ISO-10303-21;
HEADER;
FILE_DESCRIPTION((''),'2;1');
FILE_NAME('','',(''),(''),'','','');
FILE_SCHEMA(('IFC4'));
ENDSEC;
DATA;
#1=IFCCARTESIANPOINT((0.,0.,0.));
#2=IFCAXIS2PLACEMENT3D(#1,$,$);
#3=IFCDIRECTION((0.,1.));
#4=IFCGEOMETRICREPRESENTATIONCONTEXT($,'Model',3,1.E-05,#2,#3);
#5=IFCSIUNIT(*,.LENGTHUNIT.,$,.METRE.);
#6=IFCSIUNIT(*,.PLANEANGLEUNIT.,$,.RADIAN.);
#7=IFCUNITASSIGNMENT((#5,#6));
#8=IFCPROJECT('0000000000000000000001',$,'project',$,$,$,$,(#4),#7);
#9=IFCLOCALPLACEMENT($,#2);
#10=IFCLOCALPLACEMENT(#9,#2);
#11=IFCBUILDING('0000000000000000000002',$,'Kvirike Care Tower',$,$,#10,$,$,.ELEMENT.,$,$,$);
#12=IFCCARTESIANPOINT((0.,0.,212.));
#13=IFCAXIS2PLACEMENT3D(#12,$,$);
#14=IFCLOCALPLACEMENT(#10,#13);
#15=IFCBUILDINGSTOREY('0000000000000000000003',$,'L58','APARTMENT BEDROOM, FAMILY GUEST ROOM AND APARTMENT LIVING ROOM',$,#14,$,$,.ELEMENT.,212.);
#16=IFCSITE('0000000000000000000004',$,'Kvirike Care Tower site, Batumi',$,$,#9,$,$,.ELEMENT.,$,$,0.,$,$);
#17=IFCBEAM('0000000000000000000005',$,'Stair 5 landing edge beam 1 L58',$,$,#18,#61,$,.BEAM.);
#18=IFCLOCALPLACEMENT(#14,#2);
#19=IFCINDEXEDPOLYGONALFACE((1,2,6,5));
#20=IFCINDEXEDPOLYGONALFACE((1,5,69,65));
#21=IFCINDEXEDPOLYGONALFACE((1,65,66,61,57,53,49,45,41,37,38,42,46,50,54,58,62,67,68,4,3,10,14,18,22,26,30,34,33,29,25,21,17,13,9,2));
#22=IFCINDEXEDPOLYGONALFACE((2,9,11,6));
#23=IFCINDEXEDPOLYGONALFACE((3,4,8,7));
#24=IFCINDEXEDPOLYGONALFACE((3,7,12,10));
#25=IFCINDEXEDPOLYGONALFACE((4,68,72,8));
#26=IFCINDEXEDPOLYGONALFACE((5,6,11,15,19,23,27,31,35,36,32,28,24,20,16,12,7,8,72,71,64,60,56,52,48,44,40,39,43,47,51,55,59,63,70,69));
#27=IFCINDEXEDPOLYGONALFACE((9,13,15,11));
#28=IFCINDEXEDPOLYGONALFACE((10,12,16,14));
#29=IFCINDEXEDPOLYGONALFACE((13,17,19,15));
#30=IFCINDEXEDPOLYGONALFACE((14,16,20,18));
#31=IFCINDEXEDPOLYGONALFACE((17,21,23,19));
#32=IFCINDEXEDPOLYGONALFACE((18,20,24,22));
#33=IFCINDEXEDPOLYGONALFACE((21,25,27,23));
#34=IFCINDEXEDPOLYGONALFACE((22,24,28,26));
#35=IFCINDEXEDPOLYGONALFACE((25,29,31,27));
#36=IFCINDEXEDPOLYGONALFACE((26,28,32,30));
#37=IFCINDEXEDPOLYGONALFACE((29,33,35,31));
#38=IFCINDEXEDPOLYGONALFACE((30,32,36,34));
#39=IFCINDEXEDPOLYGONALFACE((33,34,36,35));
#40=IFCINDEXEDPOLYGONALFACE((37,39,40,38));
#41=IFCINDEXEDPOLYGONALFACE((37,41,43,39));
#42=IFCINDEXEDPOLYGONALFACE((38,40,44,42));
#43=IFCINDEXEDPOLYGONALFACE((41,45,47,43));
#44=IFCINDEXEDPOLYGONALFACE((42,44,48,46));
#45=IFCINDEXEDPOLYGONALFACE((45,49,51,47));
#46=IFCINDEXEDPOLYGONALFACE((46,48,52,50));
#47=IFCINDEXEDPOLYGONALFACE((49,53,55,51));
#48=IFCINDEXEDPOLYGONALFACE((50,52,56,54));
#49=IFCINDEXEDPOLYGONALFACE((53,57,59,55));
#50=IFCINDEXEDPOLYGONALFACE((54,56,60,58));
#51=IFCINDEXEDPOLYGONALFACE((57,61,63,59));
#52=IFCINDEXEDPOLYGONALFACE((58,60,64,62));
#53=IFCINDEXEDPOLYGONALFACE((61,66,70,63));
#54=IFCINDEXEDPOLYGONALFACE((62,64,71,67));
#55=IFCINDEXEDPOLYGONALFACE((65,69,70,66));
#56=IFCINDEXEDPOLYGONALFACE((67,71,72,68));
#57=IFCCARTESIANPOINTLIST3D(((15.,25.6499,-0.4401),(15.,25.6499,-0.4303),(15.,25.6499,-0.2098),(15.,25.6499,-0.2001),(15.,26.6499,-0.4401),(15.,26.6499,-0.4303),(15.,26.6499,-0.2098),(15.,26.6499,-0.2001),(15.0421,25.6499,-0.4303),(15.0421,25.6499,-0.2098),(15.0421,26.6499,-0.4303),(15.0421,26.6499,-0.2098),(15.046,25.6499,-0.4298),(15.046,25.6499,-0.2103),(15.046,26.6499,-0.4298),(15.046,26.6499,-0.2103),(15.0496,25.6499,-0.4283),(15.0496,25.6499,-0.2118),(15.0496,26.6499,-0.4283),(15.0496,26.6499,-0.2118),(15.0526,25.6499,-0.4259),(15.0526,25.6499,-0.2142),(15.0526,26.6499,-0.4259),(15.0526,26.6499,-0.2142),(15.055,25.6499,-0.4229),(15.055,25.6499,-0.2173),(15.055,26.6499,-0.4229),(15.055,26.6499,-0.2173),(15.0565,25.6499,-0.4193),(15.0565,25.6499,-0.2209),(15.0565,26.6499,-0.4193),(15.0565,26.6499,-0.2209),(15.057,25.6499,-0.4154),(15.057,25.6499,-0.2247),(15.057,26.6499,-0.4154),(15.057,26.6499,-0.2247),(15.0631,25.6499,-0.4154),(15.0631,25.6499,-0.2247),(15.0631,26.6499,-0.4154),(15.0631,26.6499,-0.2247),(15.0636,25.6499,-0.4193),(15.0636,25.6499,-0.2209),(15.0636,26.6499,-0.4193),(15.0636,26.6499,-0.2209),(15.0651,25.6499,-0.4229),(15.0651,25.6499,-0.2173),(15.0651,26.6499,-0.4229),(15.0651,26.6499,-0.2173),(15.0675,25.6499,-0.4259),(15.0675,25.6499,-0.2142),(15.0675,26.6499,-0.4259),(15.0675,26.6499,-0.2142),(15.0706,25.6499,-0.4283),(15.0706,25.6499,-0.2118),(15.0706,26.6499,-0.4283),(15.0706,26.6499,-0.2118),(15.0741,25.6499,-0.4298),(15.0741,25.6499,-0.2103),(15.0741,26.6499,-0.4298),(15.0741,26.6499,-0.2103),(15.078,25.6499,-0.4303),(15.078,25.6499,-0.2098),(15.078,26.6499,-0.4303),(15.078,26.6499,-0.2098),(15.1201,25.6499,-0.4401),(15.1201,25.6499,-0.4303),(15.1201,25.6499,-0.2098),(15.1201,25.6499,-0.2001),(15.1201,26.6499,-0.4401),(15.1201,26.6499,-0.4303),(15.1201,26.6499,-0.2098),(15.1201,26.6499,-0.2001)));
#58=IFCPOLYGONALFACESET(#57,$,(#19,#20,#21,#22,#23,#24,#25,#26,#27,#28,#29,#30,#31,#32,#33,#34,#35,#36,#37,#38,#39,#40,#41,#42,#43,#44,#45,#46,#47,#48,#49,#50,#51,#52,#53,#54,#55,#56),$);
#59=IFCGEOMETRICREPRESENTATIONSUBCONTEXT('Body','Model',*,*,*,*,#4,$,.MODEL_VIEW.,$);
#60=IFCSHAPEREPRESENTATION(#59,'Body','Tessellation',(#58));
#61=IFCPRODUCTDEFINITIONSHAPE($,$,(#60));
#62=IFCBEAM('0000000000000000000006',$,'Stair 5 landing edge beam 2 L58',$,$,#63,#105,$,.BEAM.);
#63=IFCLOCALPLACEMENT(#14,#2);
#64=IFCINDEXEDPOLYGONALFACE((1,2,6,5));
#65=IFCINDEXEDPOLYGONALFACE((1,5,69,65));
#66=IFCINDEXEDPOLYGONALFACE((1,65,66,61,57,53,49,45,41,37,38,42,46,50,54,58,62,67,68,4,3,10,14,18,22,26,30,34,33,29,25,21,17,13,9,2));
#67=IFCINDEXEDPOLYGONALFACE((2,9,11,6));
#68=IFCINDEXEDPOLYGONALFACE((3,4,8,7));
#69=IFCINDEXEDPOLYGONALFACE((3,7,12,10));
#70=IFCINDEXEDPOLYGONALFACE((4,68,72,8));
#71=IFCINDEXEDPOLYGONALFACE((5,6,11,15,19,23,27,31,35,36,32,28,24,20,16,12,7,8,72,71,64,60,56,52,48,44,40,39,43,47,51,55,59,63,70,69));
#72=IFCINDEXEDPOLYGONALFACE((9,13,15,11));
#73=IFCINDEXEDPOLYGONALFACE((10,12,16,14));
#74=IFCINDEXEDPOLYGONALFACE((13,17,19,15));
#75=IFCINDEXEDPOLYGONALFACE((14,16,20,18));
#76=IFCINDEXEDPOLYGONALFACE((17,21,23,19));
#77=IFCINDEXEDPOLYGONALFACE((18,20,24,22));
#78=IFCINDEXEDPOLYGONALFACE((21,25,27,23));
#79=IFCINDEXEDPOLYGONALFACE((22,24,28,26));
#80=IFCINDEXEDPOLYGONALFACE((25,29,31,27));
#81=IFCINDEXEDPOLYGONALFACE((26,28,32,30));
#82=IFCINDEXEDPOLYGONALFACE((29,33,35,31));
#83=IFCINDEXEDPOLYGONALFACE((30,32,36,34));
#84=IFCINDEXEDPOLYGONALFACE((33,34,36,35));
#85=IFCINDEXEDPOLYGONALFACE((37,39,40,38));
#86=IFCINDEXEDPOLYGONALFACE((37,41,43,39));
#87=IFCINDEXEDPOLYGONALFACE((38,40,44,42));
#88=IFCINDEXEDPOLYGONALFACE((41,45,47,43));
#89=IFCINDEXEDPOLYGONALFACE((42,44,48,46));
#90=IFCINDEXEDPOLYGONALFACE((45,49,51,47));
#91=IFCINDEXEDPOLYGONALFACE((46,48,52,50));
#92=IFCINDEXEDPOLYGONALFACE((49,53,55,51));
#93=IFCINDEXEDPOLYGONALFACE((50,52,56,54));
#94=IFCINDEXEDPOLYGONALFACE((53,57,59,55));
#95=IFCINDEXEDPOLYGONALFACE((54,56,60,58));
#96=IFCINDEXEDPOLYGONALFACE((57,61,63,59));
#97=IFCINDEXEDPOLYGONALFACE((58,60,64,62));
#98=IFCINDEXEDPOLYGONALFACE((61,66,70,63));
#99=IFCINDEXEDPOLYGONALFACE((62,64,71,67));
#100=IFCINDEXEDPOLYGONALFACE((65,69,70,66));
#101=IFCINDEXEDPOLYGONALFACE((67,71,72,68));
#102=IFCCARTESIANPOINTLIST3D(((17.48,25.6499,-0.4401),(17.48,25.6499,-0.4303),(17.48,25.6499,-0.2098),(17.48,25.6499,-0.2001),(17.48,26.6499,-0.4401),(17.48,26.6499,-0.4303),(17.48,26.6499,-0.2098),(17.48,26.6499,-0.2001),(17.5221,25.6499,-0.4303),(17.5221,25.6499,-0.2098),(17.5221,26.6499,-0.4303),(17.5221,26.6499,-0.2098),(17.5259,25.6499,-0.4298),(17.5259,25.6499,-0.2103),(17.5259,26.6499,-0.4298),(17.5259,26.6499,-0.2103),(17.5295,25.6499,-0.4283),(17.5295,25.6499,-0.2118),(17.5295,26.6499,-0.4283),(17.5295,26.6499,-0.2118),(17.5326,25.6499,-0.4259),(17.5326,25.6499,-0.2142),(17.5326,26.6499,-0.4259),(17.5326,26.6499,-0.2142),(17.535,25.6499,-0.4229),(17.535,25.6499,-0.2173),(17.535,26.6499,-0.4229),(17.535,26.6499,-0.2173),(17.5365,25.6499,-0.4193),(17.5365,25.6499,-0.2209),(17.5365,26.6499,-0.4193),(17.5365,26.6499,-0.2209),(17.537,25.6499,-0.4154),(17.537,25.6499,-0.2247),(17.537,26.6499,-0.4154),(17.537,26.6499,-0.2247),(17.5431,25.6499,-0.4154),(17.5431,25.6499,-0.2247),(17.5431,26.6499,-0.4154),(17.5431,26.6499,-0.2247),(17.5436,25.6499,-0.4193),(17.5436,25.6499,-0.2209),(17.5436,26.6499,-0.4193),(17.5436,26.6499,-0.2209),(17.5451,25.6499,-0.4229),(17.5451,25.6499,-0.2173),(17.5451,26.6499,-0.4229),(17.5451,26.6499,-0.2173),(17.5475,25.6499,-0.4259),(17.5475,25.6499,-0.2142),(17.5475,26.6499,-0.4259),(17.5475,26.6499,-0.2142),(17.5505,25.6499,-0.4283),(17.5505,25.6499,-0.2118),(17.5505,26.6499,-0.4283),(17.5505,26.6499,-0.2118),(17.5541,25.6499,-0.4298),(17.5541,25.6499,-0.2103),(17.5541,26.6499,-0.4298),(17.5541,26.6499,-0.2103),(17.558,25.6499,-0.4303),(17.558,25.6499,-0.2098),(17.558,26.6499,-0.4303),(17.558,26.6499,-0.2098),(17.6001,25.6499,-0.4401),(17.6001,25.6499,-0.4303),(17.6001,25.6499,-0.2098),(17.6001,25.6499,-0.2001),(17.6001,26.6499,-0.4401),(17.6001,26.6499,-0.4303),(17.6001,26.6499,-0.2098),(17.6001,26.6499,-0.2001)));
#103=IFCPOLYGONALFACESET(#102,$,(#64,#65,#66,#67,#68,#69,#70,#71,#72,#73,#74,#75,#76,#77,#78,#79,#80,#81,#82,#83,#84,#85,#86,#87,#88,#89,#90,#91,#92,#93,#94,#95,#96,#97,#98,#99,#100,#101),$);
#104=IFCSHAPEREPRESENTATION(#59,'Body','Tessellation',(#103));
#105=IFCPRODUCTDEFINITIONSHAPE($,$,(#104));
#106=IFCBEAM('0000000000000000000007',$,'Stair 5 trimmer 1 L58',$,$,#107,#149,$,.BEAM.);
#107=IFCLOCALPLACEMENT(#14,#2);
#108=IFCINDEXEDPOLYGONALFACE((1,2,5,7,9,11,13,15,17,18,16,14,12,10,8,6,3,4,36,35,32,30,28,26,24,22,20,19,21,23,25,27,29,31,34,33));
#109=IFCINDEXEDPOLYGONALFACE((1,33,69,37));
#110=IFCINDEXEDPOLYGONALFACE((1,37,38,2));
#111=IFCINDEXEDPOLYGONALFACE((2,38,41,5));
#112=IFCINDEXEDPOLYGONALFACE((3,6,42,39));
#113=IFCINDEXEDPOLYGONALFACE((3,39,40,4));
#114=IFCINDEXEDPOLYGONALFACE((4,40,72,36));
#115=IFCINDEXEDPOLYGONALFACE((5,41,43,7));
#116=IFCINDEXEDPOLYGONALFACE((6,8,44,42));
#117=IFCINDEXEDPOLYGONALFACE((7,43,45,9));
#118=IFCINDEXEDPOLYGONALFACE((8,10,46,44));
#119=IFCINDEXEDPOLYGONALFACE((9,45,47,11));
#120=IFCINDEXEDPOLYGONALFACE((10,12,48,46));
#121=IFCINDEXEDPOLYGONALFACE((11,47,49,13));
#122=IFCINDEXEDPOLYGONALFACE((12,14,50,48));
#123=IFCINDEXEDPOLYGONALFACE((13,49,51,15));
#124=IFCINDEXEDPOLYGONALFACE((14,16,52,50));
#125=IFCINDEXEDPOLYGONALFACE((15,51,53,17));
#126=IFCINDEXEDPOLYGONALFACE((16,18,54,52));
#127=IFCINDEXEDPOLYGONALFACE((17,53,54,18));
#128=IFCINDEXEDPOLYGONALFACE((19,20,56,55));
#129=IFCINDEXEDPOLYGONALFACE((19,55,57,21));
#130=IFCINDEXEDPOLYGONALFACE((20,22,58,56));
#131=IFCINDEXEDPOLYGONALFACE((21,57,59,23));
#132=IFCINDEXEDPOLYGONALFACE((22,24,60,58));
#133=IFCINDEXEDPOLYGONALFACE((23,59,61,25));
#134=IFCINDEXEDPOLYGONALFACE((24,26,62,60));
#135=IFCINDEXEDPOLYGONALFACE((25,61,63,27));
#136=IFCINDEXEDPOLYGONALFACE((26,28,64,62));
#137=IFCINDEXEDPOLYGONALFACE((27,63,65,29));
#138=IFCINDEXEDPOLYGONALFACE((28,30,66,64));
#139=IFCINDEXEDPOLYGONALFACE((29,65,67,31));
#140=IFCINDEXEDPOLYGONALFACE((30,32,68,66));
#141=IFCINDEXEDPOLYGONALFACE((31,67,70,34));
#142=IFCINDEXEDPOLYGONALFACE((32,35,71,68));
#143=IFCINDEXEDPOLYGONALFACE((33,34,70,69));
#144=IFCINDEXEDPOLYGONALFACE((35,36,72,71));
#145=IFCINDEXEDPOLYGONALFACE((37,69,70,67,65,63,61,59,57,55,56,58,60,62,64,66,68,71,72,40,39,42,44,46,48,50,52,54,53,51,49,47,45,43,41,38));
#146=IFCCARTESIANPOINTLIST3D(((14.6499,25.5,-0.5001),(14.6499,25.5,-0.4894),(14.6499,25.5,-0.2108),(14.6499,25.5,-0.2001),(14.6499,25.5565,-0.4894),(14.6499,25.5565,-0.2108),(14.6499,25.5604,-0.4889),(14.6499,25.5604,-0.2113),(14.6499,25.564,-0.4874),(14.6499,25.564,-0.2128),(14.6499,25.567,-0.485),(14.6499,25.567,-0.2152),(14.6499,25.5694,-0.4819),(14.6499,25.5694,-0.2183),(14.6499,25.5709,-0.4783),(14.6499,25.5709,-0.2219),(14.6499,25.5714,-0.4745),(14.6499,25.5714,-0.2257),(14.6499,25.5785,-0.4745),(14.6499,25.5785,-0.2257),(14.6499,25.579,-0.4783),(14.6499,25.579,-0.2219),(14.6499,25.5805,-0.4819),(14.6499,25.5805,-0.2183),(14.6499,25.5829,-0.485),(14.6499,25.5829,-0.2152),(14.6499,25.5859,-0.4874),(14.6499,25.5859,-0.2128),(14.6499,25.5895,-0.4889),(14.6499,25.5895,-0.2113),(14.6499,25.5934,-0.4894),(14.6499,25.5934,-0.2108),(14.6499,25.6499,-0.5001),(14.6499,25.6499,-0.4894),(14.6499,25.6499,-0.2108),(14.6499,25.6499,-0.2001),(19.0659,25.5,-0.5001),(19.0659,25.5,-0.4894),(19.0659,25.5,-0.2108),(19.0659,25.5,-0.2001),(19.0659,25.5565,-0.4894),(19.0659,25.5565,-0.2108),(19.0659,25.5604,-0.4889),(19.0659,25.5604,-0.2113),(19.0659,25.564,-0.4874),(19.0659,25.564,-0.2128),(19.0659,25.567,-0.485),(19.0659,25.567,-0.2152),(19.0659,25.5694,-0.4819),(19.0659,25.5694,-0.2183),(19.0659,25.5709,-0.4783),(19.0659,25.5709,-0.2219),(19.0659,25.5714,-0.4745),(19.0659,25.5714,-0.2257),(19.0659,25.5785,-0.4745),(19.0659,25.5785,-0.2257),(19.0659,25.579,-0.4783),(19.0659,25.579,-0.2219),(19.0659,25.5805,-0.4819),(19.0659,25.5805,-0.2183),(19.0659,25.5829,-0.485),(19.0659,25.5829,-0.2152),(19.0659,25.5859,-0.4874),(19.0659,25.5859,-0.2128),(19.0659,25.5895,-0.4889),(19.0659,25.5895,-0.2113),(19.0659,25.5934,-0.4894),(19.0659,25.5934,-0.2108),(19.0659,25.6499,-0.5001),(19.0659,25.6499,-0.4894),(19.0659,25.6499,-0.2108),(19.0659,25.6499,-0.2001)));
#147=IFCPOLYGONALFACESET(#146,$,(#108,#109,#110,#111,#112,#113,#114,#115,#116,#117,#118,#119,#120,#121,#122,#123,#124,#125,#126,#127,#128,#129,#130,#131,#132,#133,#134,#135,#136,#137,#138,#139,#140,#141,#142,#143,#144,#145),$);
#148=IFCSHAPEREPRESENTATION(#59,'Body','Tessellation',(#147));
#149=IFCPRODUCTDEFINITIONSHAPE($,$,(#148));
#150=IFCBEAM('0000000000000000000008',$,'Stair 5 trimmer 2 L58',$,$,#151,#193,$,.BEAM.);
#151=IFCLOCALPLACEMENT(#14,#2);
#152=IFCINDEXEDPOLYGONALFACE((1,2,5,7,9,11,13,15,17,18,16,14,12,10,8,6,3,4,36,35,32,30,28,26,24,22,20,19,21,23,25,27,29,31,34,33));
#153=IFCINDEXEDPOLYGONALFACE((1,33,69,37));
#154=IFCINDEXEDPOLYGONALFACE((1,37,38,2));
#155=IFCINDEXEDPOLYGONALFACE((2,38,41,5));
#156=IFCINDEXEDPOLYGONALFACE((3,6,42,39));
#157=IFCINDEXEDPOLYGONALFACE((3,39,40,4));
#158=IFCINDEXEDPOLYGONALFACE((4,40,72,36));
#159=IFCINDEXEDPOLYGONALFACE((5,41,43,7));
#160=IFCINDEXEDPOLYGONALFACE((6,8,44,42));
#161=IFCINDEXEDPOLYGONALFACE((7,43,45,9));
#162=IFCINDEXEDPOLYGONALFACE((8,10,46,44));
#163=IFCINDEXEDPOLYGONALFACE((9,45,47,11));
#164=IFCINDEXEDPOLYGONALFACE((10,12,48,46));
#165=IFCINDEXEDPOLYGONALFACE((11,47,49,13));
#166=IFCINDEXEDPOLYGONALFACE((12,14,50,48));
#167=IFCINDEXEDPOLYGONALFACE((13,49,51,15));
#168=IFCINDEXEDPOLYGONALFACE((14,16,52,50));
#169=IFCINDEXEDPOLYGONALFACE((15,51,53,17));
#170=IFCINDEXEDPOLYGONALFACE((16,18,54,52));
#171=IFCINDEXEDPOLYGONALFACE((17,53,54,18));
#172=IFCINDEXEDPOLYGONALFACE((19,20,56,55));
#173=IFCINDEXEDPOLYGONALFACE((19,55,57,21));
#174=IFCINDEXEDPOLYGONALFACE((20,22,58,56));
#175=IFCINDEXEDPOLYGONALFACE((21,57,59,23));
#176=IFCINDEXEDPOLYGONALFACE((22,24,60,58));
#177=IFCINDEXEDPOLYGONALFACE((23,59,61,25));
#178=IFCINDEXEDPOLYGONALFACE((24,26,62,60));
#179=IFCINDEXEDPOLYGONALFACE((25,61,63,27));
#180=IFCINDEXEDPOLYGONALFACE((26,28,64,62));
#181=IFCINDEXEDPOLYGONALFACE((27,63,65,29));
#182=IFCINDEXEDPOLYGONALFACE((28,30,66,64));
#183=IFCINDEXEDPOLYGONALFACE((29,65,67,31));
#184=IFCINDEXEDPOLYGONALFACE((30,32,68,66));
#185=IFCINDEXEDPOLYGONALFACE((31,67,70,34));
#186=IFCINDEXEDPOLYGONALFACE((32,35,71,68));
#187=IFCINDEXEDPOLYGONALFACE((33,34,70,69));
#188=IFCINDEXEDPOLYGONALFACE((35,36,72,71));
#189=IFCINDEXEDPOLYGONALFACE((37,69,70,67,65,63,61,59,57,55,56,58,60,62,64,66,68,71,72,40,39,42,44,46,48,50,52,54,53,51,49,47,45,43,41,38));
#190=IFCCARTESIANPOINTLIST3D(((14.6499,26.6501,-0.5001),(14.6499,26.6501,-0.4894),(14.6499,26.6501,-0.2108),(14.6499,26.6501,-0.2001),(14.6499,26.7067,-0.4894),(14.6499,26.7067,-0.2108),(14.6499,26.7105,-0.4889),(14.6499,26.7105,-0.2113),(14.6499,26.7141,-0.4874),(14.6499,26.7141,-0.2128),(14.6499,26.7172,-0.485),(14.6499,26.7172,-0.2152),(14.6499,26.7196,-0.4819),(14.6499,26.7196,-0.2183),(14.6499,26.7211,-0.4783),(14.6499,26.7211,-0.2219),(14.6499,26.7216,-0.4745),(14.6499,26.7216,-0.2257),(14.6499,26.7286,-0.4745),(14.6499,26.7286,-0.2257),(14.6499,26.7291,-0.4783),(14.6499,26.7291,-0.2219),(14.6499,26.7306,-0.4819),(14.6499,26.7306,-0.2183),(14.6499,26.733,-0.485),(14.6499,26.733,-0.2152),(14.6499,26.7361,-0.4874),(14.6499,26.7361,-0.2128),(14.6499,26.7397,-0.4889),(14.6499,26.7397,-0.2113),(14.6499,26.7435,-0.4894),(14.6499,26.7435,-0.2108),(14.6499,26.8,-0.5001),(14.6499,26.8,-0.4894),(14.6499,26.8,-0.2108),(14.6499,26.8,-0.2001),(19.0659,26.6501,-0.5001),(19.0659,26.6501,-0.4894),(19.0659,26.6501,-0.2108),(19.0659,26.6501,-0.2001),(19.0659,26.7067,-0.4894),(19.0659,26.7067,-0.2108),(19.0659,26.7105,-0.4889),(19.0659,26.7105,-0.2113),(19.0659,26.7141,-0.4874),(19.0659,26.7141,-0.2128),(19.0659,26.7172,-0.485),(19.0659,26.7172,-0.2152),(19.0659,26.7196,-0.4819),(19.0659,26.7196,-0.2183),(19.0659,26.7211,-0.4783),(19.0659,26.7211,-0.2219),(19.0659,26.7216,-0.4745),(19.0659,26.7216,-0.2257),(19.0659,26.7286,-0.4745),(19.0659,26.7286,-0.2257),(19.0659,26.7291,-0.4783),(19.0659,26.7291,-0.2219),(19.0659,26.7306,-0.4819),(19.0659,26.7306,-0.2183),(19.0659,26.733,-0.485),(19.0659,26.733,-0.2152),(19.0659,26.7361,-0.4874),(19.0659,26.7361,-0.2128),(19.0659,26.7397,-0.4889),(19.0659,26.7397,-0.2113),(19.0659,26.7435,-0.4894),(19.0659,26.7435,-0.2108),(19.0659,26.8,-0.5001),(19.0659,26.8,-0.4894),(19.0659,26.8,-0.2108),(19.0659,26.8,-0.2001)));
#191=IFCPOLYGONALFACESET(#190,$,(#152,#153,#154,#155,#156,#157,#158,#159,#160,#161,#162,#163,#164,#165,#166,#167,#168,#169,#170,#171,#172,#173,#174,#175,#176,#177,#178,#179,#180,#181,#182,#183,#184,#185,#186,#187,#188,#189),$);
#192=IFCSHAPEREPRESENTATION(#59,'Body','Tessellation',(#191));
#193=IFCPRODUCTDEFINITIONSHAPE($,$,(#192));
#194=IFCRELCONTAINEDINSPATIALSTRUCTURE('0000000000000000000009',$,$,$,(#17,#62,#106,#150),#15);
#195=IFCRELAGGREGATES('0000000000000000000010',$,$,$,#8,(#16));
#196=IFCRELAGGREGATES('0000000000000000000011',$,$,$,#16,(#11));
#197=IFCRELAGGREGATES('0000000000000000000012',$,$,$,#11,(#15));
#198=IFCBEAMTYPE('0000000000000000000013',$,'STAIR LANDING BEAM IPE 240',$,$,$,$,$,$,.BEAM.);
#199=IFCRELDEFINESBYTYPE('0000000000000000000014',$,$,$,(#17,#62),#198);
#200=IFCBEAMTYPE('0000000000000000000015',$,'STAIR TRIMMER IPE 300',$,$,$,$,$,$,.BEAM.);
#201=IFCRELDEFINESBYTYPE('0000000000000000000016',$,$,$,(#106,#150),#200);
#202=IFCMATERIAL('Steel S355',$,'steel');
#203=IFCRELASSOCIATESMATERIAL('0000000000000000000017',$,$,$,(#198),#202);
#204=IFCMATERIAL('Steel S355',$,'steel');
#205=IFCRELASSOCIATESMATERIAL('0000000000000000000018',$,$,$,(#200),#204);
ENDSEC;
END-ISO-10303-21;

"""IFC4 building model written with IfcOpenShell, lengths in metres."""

from ifc_helpers import new_model, si_unit, direction, frame, origin, origin_2d, place, context, subcontext, project, spatial, i_section, extrude, material, material_profile, profile_set, type_object, element, save


model = new_model("IFC4")

# Units and contexts
model_context = context("Model", 3, precision=1e-05, world=origin(), true_north=direction((0.0, 1.0)))
body_context = subcontext(model_context, "Body", "Model", "MODEL_VIEW")
ifc_project = project(units=[si_unit("LENGTHUNIT", "METRE"), si_unit("PLANEANGLEUNIT", "RADIAN")], contexts=[model_context])

# Site, building, storey
site_placement = place(None, origin())
site = spatial("IfcSite", under=ifc_project, at=site_placement, Name="Kvirike Care Tower site, Batumi", CompositionType="ELEMENT", RefElevation=0.0)
building_placement = place(site_placement, origin())
building = spatial("IfcBuilding", under=site, at=building_placement, Name="Kvirike Care Tower", CompositionType="ELEMENT")
storey_placement = place(building_placement, frame((0.0, 0.0, 212.0)))
storey = spatial("IfcBuildingStorey", under=building, at=storey_placement, Name="L58", Description="APARTMENT BEDROOM, FAMILY GUEST ROOM AND APARTMENT LIVING ROOM", CompositionType="ELEMENT", Elevation=212.0)

# Beams
ifc_material_1 = material(Name="Steel S355", Category="steel")
ifc_material_profile_1 = material_profile(ifc_material_1, i_section(OverallWidth=0.1201, OverallDepth=0.24, WebThickness=0.0061, FlangeThickness=0.0098, FilletRadius=0.0149, at=origin_2d()), Name="IPE 240")
ifc_profile_set_1 = profile_set([ifc_material_profile_1], Name="Steel S355")
beam_type_1 = type_object("IfcBeamType", Name="STAIR LANDING BEAM IPE 240", PredefinedType="BEAM", material=ifc_profile_set_1)
for number, where, z_axis, x_axis, name in (
    (1, (15.0601, 25.6499, -0.3201), (0.0, 1.0, 0.0), (-1.0, 0.0, 0.0), "Stair 5 landing edge beam 1 L58"),
    (2, (17.54, 25.6499, -0.3201), (0.0, 1.0, 0.0), (-1.0, 0.0, 0.0), "Stair 5 landing edge beam 2 L58"),
):
    element("IfcBeam", number, at=place(storey_placement, frame(where, z_axis=z_axis, x_axis=x_axis)), inside=storey, type_object=beam_type_1, Name=name, PredefinedType="BEAM", context=body_context, shape_type="SweptSolid", body=[
        extrude(i_section(OverallWidth=0.1201, OverallDepth=0.24, WebThickness=0.0061, FlangeThickness=0.0098, FilletRadius=0.0149, at=origin_2d()), origin(), (0.0, 0.0, 1.0), 1.0),
    ])
ifc_material_2 = material(Name="Steel S355", Category="steel")
ifc_material_profile_2 = material_profile(ifc_material_2, i_section(OverallWidth=0.1499, OverallDepth=0.3, WebThickness=0.0071, FlangeThickness=0.0107, FilletRadius=0.0149, at=origin_2d()), Name="IPE 300")
ifc_profile_set_2 = profile_set([ifc_material_profile_2], Name="Steel S355")
beam_type_2 = type_object("IfcBeamType", Name="STAIR TRIMMER IPE 300", PredefinedType="BEAM", material=ifc_profile_set_2)
for number, where, z_axis, x_axis, name in (
    (3, (14.6499, 25.575, -0.3501), (1.0, 0.0, 0.0), (0.0, 1.0, 0.0), "Stair 5 trimmer 1 L58"),
    (4, (14.6499, 26.7251, -0.3501), (1.0, 0.0, 0.0), (0.0, 1.0, 0.0), "Stair 5 trimmer 2 L58"),
):
    element("IfcBeam", number, at=place(storey_placement, frame(where, z_axis=z_axis, x_axis=x_axis)), inside=storey, type_object=beam_type_2, Name=name, PredefinedType="BEAM", context=body_context, shape_type="SweptSolid", body=[
        extrude(i_section(OverallWidth=0.1499, OverallDepth=0.3, WebThickness=0.0071, FlangeThickness=0.0107, FilletRadius=0.0149, at=origin_2d()), origin(), (0.0, 0.0, 1.0), 4.416),
    ])

save(model, "model.ifc")
